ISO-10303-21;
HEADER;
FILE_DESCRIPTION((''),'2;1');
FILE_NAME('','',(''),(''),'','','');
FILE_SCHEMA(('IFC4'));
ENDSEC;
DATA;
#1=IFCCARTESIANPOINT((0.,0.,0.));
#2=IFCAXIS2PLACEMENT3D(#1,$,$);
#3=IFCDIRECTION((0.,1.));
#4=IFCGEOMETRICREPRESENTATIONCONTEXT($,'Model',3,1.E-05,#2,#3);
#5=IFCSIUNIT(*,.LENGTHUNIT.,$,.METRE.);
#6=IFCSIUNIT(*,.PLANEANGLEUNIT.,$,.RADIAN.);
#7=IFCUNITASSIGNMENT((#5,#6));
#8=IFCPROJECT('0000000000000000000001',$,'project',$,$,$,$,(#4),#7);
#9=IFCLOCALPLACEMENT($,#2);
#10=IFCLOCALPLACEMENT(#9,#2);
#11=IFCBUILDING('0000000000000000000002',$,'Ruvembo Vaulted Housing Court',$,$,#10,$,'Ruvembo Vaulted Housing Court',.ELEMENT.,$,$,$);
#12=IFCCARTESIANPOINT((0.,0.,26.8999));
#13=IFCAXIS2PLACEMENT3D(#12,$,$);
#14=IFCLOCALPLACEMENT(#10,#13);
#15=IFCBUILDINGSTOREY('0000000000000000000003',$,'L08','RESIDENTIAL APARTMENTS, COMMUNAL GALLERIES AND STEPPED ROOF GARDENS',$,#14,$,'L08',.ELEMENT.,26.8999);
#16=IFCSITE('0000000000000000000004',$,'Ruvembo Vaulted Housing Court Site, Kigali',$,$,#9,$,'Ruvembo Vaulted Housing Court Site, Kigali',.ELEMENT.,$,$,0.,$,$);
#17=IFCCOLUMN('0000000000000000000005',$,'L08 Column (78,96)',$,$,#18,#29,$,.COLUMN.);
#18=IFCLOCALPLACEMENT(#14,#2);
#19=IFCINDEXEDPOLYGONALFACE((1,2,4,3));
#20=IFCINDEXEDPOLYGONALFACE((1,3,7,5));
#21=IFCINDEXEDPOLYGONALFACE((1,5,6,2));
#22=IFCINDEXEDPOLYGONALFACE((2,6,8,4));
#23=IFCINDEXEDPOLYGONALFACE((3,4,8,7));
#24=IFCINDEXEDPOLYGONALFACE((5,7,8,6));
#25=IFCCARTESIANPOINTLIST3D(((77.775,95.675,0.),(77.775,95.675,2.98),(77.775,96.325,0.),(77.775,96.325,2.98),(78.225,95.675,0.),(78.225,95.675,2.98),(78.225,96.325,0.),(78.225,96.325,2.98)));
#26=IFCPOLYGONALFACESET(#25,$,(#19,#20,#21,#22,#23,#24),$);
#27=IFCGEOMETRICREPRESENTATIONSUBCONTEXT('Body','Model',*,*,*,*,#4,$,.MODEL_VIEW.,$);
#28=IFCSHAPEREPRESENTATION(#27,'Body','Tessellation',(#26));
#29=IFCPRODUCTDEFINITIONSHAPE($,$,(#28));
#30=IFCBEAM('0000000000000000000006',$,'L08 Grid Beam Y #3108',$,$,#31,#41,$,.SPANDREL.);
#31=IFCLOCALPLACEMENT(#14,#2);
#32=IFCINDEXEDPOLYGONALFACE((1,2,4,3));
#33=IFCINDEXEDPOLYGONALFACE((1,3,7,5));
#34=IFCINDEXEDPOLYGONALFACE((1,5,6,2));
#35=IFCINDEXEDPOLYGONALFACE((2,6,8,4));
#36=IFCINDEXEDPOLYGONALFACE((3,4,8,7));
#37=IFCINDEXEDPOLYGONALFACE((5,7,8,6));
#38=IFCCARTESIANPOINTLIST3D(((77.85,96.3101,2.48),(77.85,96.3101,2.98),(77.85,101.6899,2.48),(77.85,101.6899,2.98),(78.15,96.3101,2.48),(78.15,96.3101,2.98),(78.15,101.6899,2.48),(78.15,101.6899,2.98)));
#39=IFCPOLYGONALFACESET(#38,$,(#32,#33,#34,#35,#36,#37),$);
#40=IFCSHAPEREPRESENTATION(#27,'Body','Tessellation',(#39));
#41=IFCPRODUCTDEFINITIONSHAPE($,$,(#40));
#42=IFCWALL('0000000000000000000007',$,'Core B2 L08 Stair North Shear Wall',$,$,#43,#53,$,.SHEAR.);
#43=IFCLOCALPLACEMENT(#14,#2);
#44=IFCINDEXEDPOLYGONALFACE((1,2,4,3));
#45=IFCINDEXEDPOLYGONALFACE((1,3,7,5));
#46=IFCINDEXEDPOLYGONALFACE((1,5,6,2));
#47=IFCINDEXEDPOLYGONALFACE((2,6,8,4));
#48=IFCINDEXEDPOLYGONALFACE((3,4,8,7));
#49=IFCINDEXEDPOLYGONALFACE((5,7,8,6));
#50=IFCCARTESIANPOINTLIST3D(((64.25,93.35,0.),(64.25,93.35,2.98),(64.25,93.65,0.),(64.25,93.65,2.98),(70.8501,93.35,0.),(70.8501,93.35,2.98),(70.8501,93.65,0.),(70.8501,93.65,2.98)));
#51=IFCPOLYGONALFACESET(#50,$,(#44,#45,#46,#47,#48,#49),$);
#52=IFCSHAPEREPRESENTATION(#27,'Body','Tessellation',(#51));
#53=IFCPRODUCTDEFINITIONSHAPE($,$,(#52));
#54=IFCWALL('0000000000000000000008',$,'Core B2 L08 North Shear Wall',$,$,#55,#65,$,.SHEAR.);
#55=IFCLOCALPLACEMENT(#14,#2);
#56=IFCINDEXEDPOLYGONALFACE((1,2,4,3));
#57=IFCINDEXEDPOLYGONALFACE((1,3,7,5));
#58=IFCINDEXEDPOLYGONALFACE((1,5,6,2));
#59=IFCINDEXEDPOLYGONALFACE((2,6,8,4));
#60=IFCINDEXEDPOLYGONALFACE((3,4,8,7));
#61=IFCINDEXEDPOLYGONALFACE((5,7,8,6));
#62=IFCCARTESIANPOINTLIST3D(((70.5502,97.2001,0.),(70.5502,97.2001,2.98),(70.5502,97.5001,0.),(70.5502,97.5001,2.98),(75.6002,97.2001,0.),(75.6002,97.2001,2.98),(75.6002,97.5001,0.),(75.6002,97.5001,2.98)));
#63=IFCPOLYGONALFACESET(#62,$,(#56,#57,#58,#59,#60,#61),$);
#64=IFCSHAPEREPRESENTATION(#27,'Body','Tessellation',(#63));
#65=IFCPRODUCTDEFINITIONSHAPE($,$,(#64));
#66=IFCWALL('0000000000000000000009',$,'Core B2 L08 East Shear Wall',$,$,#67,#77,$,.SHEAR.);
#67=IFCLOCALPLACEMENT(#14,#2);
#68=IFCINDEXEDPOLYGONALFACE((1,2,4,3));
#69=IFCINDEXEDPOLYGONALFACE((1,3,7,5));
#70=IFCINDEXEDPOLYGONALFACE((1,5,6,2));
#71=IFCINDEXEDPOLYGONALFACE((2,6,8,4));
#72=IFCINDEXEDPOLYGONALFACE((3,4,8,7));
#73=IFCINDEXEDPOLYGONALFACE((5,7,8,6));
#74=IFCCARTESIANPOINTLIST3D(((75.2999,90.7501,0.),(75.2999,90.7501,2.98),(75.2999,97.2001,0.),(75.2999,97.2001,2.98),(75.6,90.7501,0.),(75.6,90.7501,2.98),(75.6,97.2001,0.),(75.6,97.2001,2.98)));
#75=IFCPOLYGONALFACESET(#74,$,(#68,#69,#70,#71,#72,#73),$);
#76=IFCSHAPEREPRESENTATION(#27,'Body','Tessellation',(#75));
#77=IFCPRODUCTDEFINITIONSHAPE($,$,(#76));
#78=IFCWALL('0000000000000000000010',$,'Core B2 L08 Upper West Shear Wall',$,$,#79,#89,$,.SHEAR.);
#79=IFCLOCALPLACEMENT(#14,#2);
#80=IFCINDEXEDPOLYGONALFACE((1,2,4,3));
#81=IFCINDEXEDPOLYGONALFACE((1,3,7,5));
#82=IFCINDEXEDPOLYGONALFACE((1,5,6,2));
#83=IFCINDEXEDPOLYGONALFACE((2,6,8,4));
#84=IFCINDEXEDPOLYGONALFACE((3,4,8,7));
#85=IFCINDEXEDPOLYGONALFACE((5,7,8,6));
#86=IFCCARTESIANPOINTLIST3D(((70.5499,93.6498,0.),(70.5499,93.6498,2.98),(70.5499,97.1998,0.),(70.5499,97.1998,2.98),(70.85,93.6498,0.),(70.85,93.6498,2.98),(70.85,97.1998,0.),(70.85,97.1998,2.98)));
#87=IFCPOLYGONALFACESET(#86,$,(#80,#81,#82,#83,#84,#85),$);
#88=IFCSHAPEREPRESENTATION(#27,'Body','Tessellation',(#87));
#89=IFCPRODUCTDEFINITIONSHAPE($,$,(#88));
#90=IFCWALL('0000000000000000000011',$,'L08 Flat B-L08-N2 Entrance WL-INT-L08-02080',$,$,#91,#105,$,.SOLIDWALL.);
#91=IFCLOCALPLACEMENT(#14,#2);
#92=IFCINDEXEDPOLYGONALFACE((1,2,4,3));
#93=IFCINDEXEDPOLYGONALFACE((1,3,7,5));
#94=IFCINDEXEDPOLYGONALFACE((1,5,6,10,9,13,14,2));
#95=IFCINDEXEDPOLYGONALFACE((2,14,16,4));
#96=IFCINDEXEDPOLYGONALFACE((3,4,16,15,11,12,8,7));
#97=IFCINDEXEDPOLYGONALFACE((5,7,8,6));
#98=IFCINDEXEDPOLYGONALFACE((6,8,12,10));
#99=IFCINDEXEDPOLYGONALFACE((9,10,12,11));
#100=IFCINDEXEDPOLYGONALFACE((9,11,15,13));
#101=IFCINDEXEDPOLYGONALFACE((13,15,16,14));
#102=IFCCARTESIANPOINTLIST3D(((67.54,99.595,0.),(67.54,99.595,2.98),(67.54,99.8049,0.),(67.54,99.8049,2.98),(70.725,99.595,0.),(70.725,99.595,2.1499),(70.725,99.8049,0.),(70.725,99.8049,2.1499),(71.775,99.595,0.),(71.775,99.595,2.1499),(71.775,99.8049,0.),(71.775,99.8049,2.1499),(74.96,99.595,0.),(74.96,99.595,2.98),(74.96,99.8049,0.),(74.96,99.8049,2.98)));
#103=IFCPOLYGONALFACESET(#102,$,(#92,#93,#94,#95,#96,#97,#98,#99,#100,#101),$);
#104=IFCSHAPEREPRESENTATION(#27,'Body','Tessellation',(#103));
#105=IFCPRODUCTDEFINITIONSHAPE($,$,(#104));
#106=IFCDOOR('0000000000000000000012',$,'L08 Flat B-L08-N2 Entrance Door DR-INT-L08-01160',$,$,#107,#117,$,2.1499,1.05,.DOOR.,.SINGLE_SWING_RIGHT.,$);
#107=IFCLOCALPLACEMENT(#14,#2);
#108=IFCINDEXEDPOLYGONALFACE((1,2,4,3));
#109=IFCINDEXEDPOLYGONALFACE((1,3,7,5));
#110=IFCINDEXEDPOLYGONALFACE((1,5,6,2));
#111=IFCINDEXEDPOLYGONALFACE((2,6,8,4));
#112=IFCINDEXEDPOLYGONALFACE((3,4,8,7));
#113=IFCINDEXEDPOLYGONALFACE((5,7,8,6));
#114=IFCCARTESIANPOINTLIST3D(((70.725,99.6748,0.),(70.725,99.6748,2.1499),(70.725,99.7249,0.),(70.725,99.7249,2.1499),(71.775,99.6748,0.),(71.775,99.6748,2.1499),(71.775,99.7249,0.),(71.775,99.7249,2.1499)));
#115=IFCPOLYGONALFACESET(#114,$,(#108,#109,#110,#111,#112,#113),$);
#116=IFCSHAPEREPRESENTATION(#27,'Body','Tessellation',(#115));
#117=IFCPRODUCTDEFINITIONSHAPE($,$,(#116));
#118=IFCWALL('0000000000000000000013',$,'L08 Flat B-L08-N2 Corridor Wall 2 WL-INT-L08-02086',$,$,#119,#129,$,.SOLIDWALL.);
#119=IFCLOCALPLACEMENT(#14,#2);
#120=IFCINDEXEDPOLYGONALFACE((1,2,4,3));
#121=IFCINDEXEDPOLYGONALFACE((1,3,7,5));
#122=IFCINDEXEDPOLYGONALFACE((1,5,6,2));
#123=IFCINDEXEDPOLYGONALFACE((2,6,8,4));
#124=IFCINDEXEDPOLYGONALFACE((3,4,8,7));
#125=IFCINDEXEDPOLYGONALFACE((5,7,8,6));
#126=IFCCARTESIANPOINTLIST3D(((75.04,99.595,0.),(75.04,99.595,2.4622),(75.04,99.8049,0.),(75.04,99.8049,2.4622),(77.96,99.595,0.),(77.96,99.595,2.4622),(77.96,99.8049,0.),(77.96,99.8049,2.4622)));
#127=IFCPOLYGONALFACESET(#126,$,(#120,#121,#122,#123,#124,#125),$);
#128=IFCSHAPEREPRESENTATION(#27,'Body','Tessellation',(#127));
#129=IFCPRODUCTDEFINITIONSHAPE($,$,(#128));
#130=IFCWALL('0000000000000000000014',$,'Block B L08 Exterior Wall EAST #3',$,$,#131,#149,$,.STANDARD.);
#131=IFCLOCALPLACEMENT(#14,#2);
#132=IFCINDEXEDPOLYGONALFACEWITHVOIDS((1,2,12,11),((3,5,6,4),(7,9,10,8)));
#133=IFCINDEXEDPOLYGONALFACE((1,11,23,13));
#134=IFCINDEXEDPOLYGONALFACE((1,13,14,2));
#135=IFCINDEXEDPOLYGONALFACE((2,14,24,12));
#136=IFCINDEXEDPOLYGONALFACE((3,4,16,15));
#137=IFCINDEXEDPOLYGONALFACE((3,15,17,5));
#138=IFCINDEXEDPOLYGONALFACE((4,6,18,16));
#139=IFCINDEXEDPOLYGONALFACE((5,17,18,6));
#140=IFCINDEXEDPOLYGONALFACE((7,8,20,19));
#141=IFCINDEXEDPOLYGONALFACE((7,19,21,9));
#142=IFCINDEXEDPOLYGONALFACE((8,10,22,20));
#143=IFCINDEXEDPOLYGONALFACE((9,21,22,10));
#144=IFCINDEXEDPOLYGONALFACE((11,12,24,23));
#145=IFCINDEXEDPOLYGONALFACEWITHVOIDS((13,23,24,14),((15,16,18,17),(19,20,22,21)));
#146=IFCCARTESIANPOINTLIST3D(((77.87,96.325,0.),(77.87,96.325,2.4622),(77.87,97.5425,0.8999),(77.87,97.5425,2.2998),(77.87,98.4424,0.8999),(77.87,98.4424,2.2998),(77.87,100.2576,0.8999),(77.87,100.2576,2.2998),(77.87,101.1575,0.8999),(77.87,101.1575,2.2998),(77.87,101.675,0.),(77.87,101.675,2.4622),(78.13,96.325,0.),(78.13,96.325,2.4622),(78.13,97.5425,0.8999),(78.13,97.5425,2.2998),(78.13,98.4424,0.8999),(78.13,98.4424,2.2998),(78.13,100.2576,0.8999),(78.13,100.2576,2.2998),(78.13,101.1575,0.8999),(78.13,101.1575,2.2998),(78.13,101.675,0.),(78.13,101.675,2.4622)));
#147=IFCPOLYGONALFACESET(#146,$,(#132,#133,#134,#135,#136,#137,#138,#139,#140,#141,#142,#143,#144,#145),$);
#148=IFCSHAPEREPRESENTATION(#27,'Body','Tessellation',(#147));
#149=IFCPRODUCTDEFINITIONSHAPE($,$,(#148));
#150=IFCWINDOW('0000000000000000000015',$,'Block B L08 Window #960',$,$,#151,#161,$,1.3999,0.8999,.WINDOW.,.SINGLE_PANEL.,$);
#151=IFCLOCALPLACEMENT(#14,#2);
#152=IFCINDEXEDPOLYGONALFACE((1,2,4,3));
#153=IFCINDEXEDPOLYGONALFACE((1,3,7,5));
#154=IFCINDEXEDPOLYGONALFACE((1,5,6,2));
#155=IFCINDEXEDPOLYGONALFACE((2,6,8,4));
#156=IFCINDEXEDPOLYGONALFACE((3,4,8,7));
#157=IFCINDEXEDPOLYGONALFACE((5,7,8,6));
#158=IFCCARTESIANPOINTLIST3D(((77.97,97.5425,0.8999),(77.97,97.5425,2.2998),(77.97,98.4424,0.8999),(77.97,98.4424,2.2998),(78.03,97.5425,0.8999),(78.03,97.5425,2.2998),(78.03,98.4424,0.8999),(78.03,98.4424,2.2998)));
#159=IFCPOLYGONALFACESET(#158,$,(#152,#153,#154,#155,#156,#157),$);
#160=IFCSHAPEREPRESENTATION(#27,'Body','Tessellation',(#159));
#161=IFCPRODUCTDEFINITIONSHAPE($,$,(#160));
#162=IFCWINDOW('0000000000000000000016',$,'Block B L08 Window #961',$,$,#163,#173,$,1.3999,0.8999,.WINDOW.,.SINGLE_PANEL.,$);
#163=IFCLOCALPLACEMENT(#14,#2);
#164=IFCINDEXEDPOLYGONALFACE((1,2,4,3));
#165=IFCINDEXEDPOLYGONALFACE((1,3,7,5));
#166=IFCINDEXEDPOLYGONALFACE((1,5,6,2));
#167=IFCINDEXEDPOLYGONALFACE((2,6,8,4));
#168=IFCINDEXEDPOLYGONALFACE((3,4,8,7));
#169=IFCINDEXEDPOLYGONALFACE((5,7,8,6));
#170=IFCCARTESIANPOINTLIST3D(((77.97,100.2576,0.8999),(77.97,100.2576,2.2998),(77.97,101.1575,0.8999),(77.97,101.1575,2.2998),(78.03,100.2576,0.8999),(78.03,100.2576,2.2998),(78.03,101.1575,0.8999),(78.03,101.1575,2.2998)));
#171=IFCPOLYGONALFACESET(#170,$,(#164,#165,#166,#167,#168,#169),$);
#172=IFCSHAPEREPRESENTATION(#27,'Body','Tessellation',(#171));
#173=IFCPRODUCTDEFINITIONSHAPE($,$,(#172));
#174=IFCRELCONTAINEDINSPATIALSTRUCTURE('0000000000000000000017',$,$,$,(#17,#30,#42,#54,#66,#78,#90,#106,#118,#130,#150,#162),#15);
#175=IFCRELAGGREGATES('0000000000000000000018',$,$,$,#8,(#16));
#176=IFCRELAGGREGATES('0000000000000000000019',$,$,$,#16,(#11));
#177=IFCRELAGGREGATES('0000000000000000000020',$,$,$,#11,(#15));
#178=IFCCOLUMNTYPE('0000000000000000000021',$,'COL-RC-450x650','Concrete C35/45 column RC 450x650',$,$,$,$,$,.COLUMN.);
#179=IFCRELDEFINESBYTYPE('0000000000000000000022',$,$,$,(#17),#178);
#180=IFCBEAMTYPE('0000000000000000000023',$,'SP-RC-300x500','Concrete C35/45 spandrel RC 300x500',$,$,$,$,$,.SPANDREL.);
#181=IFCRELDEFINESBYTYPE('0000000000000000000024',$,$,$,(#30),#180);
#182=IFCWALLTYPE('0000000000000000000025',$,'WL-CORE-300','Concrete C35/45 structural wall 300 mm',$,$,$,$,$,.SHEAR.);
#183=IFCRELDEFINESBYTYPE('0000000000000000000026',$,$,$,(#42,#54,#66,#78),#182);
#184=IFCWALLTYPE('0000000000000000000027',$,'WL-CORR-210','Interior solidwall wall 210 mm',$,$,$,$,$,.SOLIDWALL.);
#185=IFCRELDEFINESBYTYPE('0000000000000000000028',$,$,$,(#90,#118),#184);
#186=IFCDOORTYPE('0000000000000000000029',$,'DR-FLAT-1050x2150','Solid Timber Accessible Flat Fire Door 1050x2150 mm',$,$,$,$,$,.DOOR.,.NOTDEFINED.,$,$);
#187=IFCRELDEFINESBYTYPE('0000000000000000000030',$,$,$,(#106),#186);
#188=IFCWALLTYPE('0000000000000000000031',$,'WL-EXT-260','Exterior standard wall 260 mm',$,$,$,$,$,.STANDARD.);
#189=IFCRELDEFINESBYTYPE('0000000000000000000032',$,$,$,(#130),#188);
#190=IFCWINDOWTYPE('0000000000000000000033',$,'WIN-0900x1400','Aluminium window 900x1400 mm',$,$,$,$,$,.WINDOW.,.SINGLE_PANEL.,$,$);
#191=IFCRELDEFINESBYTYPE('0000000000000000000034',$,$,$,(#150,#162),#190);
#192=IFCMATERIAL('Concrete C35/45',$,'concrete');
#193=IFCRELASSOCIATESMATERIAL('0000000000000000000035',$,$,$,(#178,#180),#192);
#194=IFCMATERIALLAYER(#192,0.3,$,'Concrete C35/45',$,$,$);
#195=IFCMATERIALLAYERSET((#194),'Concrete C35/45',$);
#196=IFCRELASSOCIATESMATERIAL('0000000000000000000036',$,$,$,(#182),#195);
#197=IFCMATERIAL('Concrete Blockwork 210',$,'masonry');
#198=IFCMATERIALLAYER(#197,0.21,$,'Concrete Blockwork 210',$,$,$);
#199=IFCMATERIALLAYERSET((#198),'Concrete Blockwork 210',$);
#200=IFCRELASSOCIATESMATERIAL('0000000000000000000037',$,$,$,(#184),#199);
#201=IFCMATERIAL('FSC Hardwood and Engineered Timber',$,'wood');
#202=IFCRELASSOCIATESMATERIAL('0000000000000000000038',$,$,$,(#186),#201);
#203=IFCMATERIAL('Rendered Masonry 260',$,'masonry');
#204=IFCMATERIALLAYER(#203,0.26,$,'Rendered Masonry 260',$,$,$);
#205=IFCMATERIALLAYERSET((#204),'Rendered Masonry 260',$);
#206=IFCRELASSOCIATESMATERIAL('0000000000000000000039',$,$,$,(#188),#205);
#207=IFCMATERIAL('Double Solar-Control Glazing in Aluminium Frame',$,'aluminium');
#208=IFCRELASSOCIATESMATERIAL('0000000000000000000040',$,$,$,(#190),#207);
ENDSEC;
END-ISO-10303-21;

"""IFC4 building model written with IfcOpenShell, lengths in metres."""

from ifc_helpers import new_model, si_unit, direction, frame, frame_2d, origin, origin_2d, place, context, subcontext, project, spatial, rectangle, extrude, material, layer, layer_set, material_profile, profile_set, type_object, element, fill, save


model = new_model("IFC4")

# Units and contexts
model_context = context("Model", 3, precision=1e-05, world=origin(), true_north=direction((0.0, 1.0)))
body_context = subcontext(model_context, "Body", "Model", "MODEL_VIEW")
ifc_project = project(units=[si_unit("LENGTHUNIT", "METRE"), si_unit("PLANEANGLEUNIT", "RADIAN")], contexts=[model_context])

# Site, building, storey
site_placement = place(None, origin())
site = spatial("IfcSite", under=ifc_project, at=site_placement, Name="Ruvembo Vaulted Housing Court Site, Kigali", LongName="Ruvembo Vaulted Housing Court Site, Kigali", CompositionType="ELEMENT", RefElevation=0.0)
building_placement = place(site_placement, origin())
building = spatial("IfcBuilding", under=site, at=building_placement, Name="Ruvembo Vaulted Housing Court", LongName="Ruvembo Vaulted Housing Court", CompositionType="ELEMENT")
storey_placement = place(building_placement, frame((0.0, 0.0, 26.8999)))
storey = spatial("IfcBuildingStorey", under=building, at=storey_placement, Name="L08", Description="RESIDENTIAL APARTMENTS, COMMUNAL GALLERIES AND STEPPED ROOF GARDENS", LongName="L08", CompositionType="ELEMENT", Elevation=26.8999)

# Column
ifc_material_1 = material(Name="Concrete C35/45", Category="concrete")
ifc_material_profile_1 = material_profile(ifc_material_1, rectangle(XDim=0.45, YDim=0.6499, at=origin_2d()), Name="RC 450x650")
ifc_profile_set_1 = profile_set([ifc_material_profile_1], Name="Concrete C35/45")
column_type = type_object("IfcColumnType", Name="COL-RC-450x650", Description="Concrete C35/45 column RC 450x650", PredefinedType="COLUMN", material=ifc_profile_set_1)
column_placement = place(storey_placement, frame((78.0, 96.0, 0.0), z_axis=(0.0, 0.0, 1.0), x_axis=(1.0, 0.0, 0.0)))
element("IfcColumn", 1, at=column_placement, inside=storey, type_object=column_type, Name="L08 Column (78,96)", PredefinedType="COLUMN", context=body_context, shape_type="SweptSolid", body=[
    extrude(rectangle(XDim=0.45, YDim=0.6499, at=origin_2d()), origin(), (0.0, 0.0, 1.0), 2.98),
])

# Beam
ifc_material_profile_2 = material_profile(ifc_material_1, rectangle(XDim=0.3, YDim=0.5, at=origin_2d()), Name="RC 300x500")
ifc_profile_set_2 = profile_set([ifc_material_profile_2], Name="Concrete C35/45")
beam_type = type_object("IfcBeamType", Name="SP-RC-300x500", Description="Concrete C35/45 spandrel RC 300x500", PredefinedType="SPANDREL", material=ifc_profile_set_2)
beam_placement = place(storey_placement, frame((78.0, 96.3101, 2.73), z_axis=(0.0, 1.0, 0.0), x_axis=(-1.0, 0.0, 0.0)))
element("IfcBeam", 2, at=beam_placement, inside=storey, type_object=beam_type, Name="L08 Grid Beam Y #3108", PredefinedType="SPANDREL", context=body_context, shape_type="SweptSolid", body=[
    extrude(rectangle(XDim=0.3, YDim=0.5, at=origin_2d()), origin(), (0.0, 0.0, 1.0), 5.3799),
])

# Wall
ifc_layer_1 = layer(ifc_material_1, 0.3, Name="Concrete C35/45")
ifc_layer_set_1 = layer_set([ifc_layer_1], Name="Concrete C35/45")
wall_type_1 = type_object("IfcWallType", Name="WL-CORE-300", Description="Concrete C35/45 structural wall 300 mm", PredefinedType="SHEAR", material=ifc_layer_set_1)
wall_1_placement = place(storey_placement, frame((70.8501, 93.5, 0.0), z_axis=(0.0, 0.0, 1.0), x_axis=(-1.0, 0.0, 0.0)))
element("IfcWall", 3, at=wall_1_placement, inside=storey, type_object=wall_type_1, Name="Core B2 L08 Stair North Shear Wall", PredefinedType="SHEAR", context=body_context, shape_type="SweptSolid", body=[
    extrude(rectangle(XDim=6.6001, YDim=0.3, at=frame_2d((3.3, 0.0))), origin(), (0.0, 0.0, 1.0), 2.98),
])

# Walls
wall_2_placement = place(storey_placement, frame((75.6001, 97.3501, 0.0), z_axis=(0.0, 0.0, 1.0), x_axis=(-1.0, 0.0, 0.0)))
element("IfcWall", 4, at=wall_2_placement, inside=storey, type_object=wall_type_1, Name="Core B2 L08 North Shear Wall", PredefinedType="SHEAR", context=body_context, shape_type="SweptSolid", body=[
    extrude(rectangle(XDim=5.05, YDim=0.3, at=frame_2d((2.5249, 0.0))), origin(), (0.0, 0.0, 1.0), 2.98),
])
wall_3_placement = place(storey_placement, frame((75.45, 90.75, 0.0), z_axis=(0.0, 0.0, 1.0), x_axis=(0.0, 1.0, 0.0)))
element("IfcWall", 5, at=wall_3_placement, inside=storey, type_object=wall_type_1, Name="Core B2 L08 East Shear Wall", PredefinedType="SHEAR", context=body_context, shape_type="SweptSolid", body=[
    extrude(rectangle(XDim=6.45, YDim=0.3, at=frame_2d((3.2251, 0.0))), origin(), (0.0, 0.0, 1.0), 2.98),
])
wall_4_placement = place(storey_placement, frame((70.7, 93.6499, 0.0), z_axis=(0.0, 0.0, 1.0), x_axis=(0.0, 1.0, 0.0)))
element("IfcWall", 6, at=wall_4_placement, inside=storey, type_object=wall_type_1, Name="Core B2 L08 Upper West Shear Wall", PredefinedType="SHEAR", context=body_context, shape_type="SweptSolid", body=[
    extrude(rectangle(XDim=3.55, YDim=0.3, at=frame_2d((1.7749, 0.0))), origin(), (0.0, 0.0, 1.0), 2.98),
])

# Wall, opening, door
ifc_material_2 = material(Name="Concrete Blockwork 210", Category="masonry")
ifc_layer_2 = layer(ifc_material_2, 0.21, Name="Concrete Blockwork 210")
ifc_layer_set_2 = layer_set([ifc_layer_2], Name="Concrete Blockwork 210")
wall_type_2 = type_object("IfcWallType", Name="WL-CORR-210", Description="Interior solidwall wall 210 mm", PredefinedType="SOLIDWALL", material=ifc_layer_set_2)
wall_5_placement = place(storey_placement, frame((67.54, 99.7, 0.0), z_axis=(0.0, 0.0, 1.0), x_axis=(1.0, 0.0, 0.0)))
wall_5 = element("IfcWall", 7, at=wall_5_placement, inside=storey, type_object=wall_type_2, Name="L08 Flat B-L08-N2 Entrance WL-INT-L08-02080", PredefinedType="SOLIDWALL", context=body_context, shape_type="SweptSolid", body=[
    extrude(rectangle(XDim=7.4199, YDim=0.21, at=frame_2d((3.71, 0.0))), origin(), (0.0, 0.0, 1.0), 2.98),
])
opening_1_placement = place(wall_5_placement, frame((3.1851, 0.0, 0.0)))
opening_1 = element("IfcOpeningElement", 8, at=opening_1_placement, cuts=wall_5, PredefinedType="OPENING", context=body_context, shape_type="SweptSolid", body=[
    extrude(rectangle(XDim=1.05, YDim=2.1499, at=frame_2d((0.5249, 1.075))), frame((0.0, 0.115, 0.0), z_axis=(0.0, -1.0, 0.0), x_axis=(1.0, 0.0, 0.0)), (0.0, 0.0, 1.0), 0.23),
])
ifc_material_3 = material(Name="FSC Hardwood and Engineered Timber", Category="wood")
door_type_1 = type_object("IfcDoorType", Name="DR-FLAT-1050x2150", Description="Solid Timber Accessible Flat Fire Door 1050x2150 mm", OperationType="NOTDEFINED", PredefinedType="DOOR", material=ifc_material_3)
door_1_placement = place(opening_1_placement, origin())
door_1 = element("IfcDoor", 9, at=door_1_placement, inside=storey, type_object=door_type_1, Name="L08 Flat B-L08-N2 Entrance Door DR-INT-L08-01160", OperationType="SINGLE_SWING_RIGHT", OverallHeight=2.1499, OverallWidth=1.05, PredefinedType="DOOR", context=body_context, shape_type="SweptSolid", body=[
    extrude(rectangle(XDim=1.05, YDim=2.1499, at=frame_2d((0.5249, 1.075))), frame((0.0, 0.0249, 0.0), z_axis=(0.0, -1.0, 0.0), x_axis=(1.0, 0.0, 0.0)), (0.0, 0.0, 1.0), 0.05),
])
fill(opening_1, door_1)

# Wall
wall_6_placement = place(storey_placement, frame((75.04, 99.7, 0.0), z_axis=(0.0, 0.0, 1.0), x_axis=(1.0, 0.0, 0.0)))
element("IfcWall", 10, at=wall_6_placement, inside=storey, type_object=wall_type_2, Name="L08 Flat B-L08-N2 Corridor Wall 2 WL-INT-L08-02086", PredefinedType="SOLIDWALL", context=body_context, shape_type="SweptSolid", body=[
    extrude(rectangle(XDim=2.9199, YDim=0.21, at=frame_2d((1.46, 0.0))), origin(), (0.0, 0.0, 1.0), 2.4622),
])

# Wall, openings, windows
ifc_material_4 = material(Name="Rendered Masonry 260", Category="masonry")
ifc_layer_3 = layer(ifc_material_4, 0.26, Name="Rendered Masonry 260")
ifc_layer_set_3 = layer_set([ifc_layer_3], Name="Rendered Masonry 260")
wall_type_3 = type_object("IfcWallType", Name="WL-EXT-260", Description="Exterior standard wall 260 mm", PredefinedType="STANDARD", material=ifc_layer_set_3)
wall_7_placement = place(storey_placement, frame((78.0, 96.325, 0.0), z_axis=(0.0, 0.0, 1.0), x_axis=(0.0, 1.0, 0.0)))
wall_7 = element("IfcWall", 11, at=wall_7_placement, inside=storey, type_object=wall_type_3, Name="Block B L08 Exterior Wall EAST #3", PredefinedType="STANDARD", context=body_context, shape_type="SweptSolid", body=[
    extrude(rectangle(XDim=5.3501, YDim=0.26, at=frame_2d((2.675, 0.0))), origin(), (0.0, 0.0, 1.0), 2.4622),
])
opening_2_placement = place(wall_7_placement, frame((1.2175, 0.0, 0.8999)))
opening_2 = element("IfcOpeningElement", 12, at=opening_2_placement, cuts=wall_7, PredefinedType="OPENING", context=body_context, shape_type="SweptSolid", body=[
    extrude(rectangle(XDim=0.8999, YDim=1.3999, at=frame_2d((0.45, 0.7))), frame((0.0, 0.1399, 0.0), z_axis=(0.0, -1.0, 0.0), x_axis=(1.0, 0.0, 0.0)), (0.0, 0.0, 1.0), 0.28),
])
opening_3_placement = place(wall_7_placement, frame((3.9326, 0.0, 0.8999)))
opening_3 = element("IfcOpeningElement", 13, at=opening_3_placement, cuts=wall_7, PredefinedType="OPENING", context=body_context, shape_type="SweptSolid", body=[
    extrude(rectangle(XDim=0.8999, YDim=1.3999, at=frame_2d((0.45, 0.7))), frame((0.0, 0.1399, 0.0), z_axis=(0.0, -1.0, 0.0), x_axis=(1.0, 0.0, 0.0)), (0.0, 0.0, 1.0), 0.28),
])
ifc_material_5 = material(Name="Double Solar-Control Glazing in Aluminium Frame", Category="aluminium")
window_type = type_object("IfcWindowType", Name="WIN-0900x1400", Description="Aluminium window 900x1400 mm", PartitioningType="SINGLE_PANEL", PredefinedType="WINDOW", material=ifc_material_5)
window_1_placement = place(opening_2_placement, origin())
window_1 = element("IfcWindow", 14, at=window_1_placement, inside=storey, type_object=window_type, Name="Block B L08 Window #960", OverallHeight=1.3999, OverallWidth=0.8999, PartitioningType="SINGLE_PANEL", PredefinedType="WINDOW", context=body_context, shape_type="SweptSolid", body=[
    extrude(rectangle(XDim=0.8999, YDim=1.3999, at=frame_2d((0.45, 0.7))), frame((0.0, 0.03, 0.0), z_axis=(0.0, -1.0, 0.0), x_axis=(1.0, 0.0, 0.0)), (0.0, 0.0, 1.0), 0.0601),
])
fill(opening_2, window_1)
window_2_placement = place(opening_3_placement, origin())
window_2 = element("IfcWindow", 15, at=window_2_placement, inside=storey, type_object=window_type, Name="Block B L08 Window #961", OverallHeight=1.3999, OverallWidth=0.8999, PartitioningType="SINGLE_PANEL", PredefinedType="WINDOW", context=body_context, shape_type="SweptSolid", body=[
    extrude(rectangle(XDim=0.8999, YDim=1.3999, at=frame_2d((0.45, 0.7))), frame((0.0, 0.03, 0.0), z_axis=(0.0, -1.0, 0.0), x_axis=(1.0, 0.0, 0.0)), (0.0, 0.0, 1.0), 0.0601),
])
fill(opening_3, window_2)

save(model, "model.ifc")
